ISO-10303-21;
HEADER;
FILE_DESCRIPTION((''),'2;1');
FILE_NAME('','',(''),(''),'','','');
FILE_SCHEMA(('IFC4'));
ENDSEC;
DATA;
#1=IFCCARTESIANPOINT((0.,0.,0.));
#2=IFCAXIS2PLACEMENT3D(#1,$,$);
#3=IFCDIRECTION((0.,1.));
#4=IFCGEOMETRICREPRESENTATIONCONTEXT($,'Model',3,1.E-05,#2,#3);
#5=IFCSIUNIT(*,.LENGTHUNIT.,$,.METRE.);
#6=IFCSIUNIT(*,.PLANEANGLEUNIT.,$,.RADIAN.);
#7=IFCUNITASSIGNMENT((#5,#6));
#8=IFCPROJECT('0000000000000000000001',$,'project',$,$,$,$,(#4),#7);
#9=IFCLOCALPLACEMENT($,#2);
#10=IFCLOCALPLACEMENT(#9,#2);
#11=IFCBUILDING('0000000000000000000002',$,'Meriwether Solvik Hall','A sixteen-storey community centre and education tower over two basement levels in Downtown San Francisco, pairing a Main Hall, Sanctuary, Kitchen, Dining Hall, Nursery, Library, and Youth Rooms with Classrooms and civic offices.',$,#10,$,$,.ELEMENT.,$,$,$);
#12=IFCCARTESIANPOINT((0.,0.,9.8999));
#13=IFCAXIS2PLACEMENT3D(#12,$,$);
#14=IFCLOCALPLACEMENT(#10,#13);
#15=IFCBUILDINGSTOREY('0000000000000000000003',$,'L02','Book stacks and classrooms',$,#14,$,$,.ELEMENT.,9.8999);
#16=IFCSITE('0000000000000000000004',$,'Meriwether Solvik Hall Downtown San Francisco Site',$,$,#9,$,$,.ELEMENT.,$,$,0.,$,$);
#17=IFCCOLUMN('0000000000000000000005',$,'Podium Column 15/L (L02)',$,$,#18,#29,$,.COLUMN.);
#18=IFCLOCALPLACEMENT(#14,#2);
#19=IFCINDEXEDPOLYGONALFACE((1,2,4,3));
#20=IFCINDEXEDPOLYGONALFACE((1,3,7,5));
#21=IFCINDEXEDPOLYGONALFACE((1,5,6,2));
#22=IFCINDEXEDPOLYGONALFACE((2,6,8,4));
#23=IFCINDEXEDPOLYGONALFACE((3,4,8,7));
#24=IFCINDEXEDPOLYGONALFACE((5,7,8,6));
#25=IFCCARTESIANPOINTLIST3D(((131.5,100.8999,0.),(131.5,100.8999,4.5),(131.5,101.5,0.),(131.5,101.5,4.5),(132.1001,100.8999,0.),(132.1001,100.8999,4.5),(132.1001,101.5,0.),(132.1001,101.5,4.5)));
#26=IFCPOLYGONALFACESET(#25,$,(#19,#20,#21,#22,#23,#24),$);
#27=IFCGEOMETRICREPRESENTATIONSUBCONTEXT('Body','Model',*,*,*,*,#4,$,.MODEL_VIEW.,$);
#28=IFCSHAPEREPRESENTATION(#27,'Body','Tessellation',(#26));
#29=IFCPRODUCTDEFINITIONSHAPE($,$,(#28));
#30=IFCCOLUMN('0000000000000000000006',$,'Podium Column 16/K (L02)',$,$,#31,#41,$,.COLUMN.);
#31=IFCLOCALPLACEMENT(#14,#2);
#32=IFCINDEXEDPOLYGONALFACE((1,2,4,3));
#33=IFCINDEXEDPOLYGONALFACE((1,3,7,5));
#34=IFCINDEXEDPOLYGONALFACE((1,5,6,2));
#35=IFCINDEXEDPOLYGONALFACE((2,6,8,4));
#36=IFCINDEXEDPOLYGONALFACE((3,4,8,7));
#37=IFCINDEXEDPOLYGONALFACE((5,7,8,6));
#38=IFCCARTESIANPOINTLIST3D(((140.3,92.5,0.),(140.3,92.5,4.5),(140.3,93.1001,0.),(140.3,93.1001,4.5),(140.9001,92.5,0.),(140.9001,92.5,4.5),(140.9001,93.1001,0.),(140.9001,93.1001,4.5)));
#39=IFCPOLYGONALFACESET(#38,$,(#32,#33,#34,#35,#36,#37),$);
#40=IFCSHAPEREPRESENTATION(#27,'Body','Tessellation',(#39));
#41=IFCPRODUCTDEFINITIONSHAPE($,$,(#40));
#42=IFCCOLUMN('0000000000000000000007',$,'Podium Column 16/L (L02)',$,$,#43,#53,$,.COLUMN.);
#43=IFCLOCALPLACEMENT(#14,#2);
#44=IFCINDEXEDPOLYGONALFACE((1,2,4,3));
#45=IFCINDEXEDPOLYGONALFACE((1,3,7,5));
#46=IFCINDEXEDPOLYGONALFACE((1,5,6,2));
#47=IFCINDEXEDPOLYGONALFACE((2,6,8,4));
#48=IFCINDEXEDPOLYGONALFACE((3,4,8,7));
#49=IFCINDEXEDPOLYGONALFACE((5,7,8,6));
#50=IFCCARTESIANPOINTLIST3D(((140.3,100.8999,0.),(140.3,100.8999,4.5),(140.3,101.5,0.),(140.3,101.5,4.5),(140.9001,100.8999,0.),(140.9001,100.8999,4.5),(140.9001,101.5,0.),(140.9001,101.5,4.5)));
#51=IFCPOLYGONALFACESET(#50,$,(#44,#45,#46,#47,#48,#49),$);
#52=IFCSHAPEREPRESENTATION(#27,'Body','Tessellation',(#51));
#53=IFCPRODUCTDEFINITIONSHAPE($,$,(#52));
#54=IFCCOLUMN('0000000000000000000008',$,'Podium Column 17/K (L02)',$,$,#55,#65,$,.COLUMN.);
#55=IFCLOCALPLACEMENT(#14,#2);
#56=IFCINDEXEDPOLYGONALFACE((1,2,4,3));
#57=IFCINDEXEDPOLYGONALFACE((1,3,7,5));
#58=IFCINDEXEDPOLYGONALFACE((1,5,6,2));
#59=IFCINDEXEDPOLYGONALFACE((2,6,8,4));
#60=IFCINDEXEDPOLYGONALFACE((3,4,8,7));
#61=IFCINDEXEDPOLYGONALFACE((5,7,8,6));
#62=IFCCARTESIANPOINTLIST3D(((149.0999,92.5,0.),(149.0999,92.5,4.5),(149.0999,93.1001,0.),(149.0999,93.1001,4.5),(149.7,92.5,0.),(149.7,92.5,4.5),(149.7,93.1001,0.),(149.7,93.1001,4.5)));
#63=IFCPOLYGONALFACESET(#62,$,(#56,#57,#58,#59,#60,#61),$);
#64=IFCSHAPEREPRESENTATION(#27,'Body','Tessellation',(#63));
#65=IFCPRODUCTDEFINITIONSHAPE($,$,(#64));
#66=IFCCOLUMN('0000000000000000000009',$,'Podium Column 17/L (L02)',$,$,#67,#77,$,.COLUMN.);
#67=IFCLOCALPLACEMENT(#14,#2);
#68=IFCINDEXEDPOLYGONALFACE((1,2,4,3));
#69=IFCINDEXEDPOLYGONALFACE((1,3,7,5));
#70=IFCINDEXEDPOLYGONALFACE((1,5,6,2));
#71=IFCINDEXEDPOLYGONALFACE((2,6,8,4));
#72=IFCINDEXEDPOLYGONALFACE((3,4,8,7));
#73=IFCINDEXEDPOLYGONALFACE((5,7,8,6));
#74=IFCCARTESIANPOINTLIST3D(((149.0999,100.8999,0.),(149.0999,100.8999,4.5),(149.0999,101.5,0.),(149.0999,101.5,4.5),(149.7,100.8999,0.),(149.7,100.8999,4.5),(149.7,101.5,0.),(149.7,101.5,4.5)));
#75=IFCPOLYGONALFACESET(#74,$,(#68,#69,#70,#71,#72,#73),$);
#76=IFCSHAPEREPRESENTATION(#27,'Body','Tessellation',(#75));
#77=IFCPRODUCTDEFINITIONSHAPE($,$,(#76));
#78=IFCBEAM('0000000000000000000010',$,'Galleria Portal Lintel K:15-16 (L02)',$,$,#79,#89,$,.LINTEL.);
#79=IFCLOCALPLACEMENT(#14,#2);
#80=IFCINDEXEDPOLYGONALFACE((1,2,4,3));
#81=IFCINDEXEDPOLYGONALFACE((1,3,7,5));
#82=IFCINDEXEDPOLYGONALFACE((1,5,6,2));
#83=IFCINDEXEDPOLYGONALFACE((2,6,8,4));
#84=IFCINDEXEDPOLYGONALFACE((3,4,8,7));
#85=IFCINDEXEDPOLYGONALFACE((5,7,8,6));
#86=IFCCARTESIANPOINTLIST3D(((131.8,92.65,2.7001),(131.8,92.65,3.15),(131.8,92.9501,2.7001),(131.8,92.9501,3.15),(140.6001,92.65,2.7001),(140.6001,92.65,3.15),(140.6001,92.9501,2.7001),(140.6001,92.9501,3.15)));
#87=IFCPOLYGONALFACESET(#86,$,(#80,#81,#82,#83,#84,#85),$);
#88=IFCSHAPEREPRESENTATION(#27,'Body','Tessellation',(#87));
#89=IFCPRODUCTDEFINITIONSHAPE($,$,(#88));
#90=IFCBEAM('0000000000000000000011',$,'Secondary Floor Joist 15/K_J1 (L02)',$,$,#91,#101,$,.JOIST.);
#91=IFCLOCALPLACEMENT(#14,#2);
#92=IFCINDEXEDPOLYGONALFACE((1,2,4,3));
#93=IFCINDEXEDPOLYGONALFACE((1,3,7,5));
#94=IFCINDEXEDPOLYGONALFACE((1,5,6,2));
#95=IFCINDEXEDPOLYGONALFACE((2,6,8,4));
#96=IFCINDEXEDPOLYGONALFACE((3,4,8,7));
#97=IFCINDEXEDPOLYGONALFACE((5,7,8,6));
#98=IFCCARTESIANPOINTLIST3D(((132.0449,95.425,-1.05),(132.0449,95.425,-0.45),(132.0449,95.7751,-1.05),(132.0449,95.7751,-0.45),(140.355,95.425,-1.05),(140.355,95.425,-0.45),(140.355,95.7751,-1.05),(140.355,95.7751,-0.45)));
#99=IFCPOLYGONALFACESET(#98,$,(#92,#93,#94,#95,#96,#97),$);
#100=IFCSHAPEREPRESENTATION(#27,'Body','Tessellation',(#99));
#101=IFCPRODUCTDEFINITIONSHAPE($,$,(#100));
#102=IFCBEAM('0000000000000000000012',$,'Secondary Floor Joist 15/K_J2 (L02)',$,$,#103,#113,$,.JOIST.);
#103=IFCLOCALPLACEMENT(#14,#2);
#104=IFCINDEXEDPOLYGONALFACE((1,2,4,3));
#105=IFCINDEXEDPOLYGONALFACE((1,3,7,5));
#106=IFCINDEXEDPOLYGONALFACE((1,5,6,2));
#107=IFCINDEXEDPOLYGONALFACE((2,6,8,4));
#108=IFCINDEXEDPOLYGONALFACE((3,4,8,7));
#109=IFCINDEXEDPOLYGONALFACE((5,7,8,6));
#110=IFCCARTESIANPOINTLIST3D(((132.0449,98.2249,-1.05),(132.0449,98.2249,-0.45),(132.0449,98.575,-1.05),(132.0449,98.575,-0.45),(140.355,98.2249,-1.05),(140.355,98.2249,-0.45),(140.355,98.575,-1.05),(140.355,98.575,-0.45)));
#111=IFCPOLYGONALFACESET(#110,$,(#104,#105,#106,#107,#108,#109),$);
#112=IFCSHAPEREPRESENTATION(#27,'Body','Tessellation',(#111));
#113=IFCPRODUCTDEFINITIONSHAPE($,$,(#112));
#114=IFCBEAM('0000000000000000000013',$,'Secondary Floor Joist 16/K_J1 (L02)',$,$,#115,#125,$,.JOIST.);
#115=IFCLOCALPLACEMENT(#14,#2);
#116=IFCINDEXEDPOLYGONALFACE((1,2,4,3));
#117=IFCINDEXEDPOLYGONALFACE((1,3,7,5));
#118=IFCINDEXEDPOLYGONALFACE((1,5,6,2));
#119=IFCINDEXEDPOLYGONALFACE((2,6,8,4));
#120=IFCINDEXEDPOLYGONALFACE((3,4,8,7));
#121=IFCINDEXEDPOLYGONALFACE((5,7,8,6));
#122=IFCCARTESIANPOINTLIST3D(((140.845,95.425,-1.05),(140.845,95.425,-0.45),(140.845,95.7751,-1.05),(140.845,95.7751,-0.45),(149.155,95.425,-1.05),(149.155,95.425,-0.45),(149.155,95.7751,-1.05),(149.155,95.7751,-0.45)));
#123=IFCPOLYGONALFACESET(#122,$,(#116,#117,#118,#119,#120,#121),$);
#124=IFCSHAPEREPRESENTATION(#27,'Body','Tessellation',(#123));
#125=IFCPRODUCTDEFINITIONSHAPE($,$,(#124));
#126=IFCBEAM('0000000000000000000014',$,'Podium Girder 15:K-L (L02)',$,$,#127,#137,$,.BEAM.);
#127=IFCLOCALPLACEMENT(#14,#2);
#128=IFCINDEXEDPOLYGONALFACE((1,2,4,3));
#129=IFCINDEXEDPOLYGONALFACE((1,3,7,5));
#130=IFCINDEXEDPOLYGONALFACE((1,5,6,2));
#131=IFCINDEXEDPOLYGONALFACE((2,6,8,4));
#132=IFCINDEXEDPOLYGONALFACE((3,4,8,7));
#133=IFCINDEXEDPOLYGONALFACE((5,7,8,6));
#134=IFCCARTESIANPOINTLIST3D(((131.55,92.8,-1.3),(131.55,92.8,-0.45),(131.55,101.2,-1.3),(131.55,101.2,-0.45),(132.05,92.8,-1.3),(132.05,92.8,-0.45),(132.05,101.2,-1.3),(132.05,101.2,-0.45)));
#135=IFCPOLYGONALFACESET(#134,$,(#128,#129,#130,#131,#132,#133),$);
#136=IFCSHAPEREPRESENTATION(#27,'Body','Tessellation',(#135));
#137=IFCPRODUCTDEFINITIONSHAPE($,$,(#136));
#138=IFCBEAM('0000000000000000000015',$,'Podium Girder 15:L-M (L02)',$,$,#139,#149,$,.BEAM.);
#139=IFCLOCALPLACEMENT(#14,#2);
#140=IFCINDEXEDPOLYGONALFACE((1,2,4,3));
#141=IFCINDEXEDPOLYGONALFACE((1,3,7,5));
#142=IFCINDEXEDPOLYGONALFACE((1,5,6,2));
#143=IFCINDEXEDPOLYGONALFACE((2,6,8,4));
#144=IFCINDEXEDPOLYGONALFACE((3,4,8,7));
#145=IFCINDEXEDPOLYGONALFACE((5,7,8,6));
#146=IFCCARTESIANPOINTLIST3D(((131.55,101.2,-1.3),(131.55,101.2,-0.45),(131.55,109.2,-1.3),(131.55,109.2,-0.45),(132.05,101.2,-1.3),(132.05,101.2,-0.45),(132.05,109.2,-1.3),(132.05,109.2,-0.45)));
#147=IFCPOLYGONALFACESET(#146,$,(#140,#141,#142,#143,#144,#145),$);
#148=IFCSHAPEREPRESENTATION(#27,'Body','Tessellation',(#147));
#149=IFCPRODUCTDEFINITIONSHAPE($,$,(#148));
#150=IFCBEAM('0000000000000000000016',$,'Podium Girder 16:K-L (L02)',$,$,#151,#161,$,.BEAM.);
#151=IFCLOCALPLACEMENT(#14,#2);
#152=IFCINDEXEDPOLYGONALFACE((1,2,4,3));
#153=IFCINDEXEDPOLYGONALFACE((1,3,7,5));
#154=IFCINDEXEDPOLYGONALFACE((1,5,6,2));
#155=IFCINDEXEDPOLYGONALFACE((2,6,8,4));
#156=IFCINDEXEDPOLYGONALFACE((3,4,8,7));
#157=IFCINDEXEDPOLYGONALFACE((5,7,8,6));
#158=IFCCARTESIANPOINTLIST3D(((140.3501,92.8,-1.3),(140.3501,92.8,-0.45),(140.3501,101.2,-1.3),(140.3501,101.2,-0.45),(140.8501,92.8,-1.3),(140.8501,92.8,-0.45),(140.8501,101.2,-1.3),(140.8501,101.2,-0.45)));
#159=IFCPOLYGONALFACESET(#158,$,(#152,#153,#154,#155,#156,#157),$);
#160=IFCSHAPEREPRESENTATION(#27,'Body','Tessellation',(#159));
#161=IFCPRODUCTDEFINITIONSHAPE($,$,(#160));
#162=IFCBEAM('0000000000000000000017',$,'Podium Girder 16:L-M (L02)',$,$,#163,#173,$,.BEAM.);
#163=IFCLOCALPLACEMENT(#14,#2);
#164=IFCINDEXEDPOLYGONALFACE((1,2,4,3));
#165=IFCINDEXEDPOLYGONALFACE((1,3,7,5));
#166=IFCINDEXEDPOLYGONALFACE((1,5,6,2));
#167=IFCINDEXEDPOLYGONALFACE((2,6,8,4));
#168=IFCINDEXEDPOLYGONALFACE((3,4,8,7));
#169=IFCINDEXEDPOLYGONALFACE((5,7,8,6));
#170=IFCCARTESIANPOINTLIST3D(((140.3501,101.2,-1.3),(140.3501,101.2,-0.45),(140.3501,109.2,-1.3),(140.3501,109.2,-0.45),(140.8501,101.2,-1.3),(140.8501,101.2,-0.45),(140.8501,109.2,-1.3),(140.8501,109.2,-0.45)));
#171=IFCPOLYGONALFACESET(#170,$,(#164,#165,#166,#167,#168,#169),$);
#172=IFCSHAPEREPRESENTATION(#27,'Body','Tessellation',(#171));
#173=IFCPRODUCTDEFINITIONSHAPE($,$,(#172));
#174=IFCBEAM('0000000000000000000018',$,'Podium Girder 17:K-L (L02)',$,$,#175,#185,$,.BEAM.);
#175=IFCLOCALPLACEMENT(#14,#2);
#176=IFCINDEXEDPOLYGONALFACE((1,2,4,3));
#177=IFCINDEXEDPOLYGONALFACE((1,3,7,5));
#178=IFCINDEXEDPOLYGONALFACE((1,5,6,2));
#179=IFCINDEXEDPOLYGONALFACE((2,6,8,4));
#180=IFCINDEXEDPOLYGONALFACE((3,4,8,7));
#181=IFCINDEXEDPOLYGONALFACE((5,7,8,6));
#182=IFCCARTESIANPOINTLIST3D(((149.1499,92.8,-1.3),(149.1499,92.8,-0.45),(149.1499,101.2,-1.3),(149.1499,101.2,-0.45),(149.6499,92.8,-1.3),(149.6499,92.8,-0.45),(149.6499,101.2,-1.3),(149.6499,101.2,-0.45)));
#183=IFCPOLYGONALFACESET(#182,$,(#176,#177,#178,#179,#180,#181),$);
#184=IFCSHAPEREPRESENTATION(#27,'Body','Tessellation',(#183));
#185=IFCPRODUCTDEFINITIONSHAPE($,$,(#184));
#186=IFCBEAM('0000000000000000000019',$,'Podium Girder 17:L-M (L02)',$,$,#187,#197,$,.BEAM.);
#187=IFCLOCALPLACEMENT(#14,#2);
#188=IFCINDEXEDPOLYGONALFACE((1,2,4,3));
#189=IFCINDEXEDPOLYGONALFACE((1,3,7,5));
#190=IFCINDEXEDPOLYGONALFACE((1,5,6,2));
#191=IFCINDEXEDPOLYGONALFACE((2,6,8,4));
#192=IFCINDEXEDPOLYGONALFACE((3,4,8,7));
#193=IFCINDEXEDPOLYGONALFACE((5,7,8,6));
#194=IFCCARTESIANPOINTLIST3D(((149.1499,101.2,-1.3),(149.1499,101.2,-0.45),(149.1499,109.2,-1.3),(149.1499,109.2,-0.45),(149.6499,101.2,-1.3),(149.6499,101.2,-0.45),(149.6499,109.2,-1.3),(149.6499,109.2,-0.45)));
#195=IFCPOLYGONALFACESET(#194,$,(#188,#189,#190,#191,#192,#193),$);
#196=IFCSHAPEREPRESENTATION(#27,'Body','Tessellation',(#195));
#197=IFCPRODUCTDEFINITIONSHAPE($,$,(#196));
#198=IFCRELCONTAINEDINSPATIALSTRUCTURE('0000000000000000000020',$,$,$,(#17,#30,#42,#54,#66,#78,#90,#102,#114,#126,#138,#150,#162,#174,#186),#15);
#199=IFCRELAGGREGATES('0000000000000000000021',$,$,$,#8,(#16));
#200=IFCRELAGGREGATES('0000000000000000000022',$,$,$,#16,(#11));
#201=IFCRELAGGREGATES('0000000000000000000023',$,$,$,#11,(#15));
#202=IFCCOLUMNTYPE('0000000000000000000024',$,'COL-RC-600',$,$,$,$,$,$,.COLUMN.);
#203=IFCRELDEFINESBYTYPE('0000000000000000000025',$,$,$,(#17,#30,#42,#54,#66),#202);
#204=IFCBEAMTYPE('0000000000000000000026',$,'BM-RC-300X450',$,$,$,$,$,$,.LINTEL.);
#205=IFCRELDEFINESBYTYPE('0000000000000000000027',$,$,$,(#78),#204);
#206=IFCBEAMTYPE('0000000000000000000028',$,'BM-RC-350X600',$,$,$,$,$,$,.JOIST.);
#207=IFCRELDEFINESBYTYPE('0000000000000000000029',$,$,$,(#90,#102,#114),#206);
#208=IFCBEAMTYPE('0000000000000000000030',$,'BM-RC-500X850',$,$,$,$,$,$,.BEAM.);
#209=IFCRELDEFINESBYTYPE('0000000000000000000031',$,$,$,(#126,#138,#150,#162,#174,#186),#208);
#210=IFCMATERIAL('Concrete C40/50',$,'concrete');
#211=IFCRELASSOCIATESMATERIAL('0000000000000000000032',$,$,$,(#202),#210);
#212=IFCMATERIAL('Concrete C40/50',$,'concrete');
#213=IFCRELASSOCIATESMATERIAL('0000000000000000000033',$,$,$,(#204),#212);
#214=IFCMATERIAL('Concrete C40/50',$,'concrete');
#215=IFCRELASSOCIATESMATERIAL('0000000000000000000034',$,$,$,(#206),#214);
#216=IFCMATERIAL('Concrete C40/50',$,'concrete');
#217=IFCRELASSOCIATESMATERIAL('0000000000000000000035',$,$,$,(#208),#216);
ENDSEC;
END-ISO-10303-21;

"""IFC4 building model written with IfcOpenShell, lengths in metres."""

from ifc_helpers import new_model, si_unit, direction, frame, origin, origin_2d, place, context, subcontext, project, spatial, rectangle, extrude, material, material_profile, profile_set, type_object, element, save


model = new_model("IFC4")

# Units and contexts
model_context = context("Model", 3, precision=1e-05, world=origin(), true_north=direction((0.0, 1.0)))
body_context = subcontext(model_context, "Body", "Model", "MODEL_VIEW")
ifc_project = project(units=[si_unit("LENGTHUNIT", "METRE"), si_unit("PLANEANGLEUNIT", "RADIAN")], contexts=[model_context])

# Site, building, storey
site_placement = place(None, origin())
site = spatial("IfcSite", under=ifc_project, at=site_placement, Name="Meriwether Solvik Hall Downtown San Francisco Site", CompositionType="ELEMENT", RefElevation=0.0)
building_placement = place(site_placement, origin())
building = spatial("IfcBuilding", under=site, at=building_placement, Name="Meriwether Solvik Hall", Description="A sixteen-storey community centre and education tower over two basement levels in Downtown San Francisco, pairing a Main Hall, Sanctuary, Kitchen, Dining Hall, Nursery, Library, and Youth Rooms with Classrooms and civic offices.", CompositionType="ELEMENT")
storey_placement = place(building_placement, frame((0.0, 0.0, 9.8999)))
storey = spatial("IfcBuildingStorey", under=building, at=storey_placement, Name="L02", Description="Book stacks and classrooms", CompositionType="ELEMENT", Elevation=9.8999)

# Columns
ifc_material_1 = material(Name="Concrete C40/50", Category="concrete")
ifc_material_profile_1 = material_profile(ifc_material_1, rectangle(XDim=0.6001, YDim=0.6001, at=origin_2d()), Name="RCC-600X600")
ifc_profile_set_1 = profile_set([ifc_material_profile_1], Name="Concrete C40/50")
column_type = type_object("IfcColumnType", Name="COL-RC-600", PredefinedType="COLUMN", material=ifc_profile_set_1)
for number, where, z_axis, x_axis, name in (
    (1, (131.8, 101.2, 0.0), (0.0, 0.0, 1.0), (1.0, 0.0, 0.0), "Podium Column 15/L (L02)"),
    (2, (140.6001, 92.8, 0.0), (0.0, 0.0, 1.0), (1.0, 0.0, 0.0), "Podium Column 16/K (L02)"),
    (3, (140.6001, 101.2, 0.0), (0.0, 0.0, 1.0), (1.0, 0.0, 0.0), "Podium Column 16/L (L02)"),
    (4, (149.3999, 92.8, 0.0), (0.0, 0.0, 1.0), (1.0, 0.0, 0.0), "Podium Column 17/K (L02)"),
    (5, (149.3999, 101.2, 0.0), (0.0, 0.0, 1.0), (1.0, 0.0, 0.0), "Podium Column 17/L (L02)"),
):
    element("IfcColumn", number, at=place(storey_placement, frame(where, z_axis=z_axis, x_axis=x_axis)), inside=storey, type_object=column_type, Name=name, PredefinedType="COLUMN", context=body_context, shape_type="SweptSolid", body=[
        extrude(rectangle(XDim=0.6001, YDim=0.6001, at=origin_2d()), origin(), (0.0, 0.0, 1.0), 4.5),
    ])

# Beams
ifc_material_2 = material(Name="Concrete C40/50", Category="concrete")
ifc_material_profile_2 = material_profile(ifc_material_2, rectangle(XDim=0.3, YDim=0.45, at=origin_2d()), Name="RCB-300X450")
ifc_profile_set_2 = profile_set([ifc_material_profile_2], Name="Concrete C40/50")
beam_type_1 = type_object("IfcBeamType", Name="BM-RC-300X450", PredefinedType="LINTEL", material=ifc_profile_set_2)
beam_1_placement = place(storey_placement, frame((131.8, 92.8, 2.925), z_axis=(1.0, 0.0, 0.0), x_axis=(0.0, 1.0, 0.0)))
element("IfcBeam", 6, at=beam_1_placement, inside=storey, type_object=beam_type_1, Name="Galleria Portal Lintel K:15-16 (L02)", PredefinedType="LINTEL", context=body_context, shape_type="SweptSolid", body=[
    extrude(rectangle(XDim=0.3, YDim=0.45, at=origin_2d()), origin(), (0.0, 0.0, 1.0), 8.8),
])
ifc_material_3 = material(Name="Concrete C40/50", Category="concrete")
ifc_material_profile_3 = material_profile(ifc_material_3, rectangle(XDim=0.3501, YDim=0.6001, at=origin_2d()), Name="RCB-350X600")
ifc_profile_set_3 = profile_set([ifc_material_profile_3], Name="Concrete C40/50")
beam_type_2 = type_object("IfcBeamType", Name="BM-RC-350X600", PredefinedType="JOIST", material=ifc_profile_set_3)
for number, where, z_axis, x_axis, name in (
    (7, (132.0449, 95.6001, -0.75), (1.0, 0.0, 0.0), (0.0, 1.0, 0.0), "Secondary Floor Joist 15/K_J1 (L02)"),
    (8, (132.0449, 98.3999, -0.75), (1.0, 0.0, 0.0), (0.0, 1.0, 0.0), "Secondary Floor Joist 15/K_J2 (L02)"),
    (9, (140.845, 95.6001, -0.75), (1.0, 0.0, 0.0), (0.0, 1.0, 0.0), "Secondary Floor Joist 16/K_J1 (L02)"),
):
    element("IfcBeam", number, at=place(storey_placement, frame(where, z_axis=z_axis, x_axis=x_axis)), inside=storey, type_object=beam_type_2, Name=name, PredefinedType="JOIST", context=body_context, shape_type="SweptSolid", body=[
        extrude(rectangle(XDim=0.3501, YDim=0.6001, at=origin_2d()), origin(), (0.0, 0.0, 1.0), 8.3101),
    ])
ifc_material_4 = material(Name="Concrete C40/50", Category="concrete")
ifc_material_profile_4 = material_profile(ifc_material_4, rectangle(XDim=0.5, YDim=0.8501, at=origin_2d()), Name="RCB-500X850")
ifc_profile_set_4 = profile_set([ifc_material_profile_4], Name="Concrete C40/50")
beam_type_3 = type_object("IfcBeamType", Name="BM-RC-500X850", PredefinedType="BEAM", material=ifc_profile_set_4)
beam_2_placement = place(storey_placement, frame((131.8, 92.8, -0.875), z_axis=(0.0, 1.0, 0.0), x_axis=(-1.0, 0.0, 0.0)))
element("IfcBeam", 10, at=beam_2_placement, inside=storey, type_object=beam_type_3, Name="Podium Girder 15:K-L (L02)", PredefinedType="BEAM", context=body_context, shape_type="SweptSolid", body=[
    extrude(rectangle(XDim=0.5, YDim=0.8501, at=origin_2d()), origin(), (0.0, 0.0, 1.0), 8.3999),
])
beam_3_placement = place(storey_placement, frame((131.8, 101.2, -0.875), z_axis=(0.0, 1.0, 0.0), x_axis=(-1.0, 0.0, 0.0)))
element("IfcBeam", 11, at=beam_3_placement, inside=storey, type_object=beam_type_3, Name="Podium Girder 15:L-M (L02)", PredefinedType="BEAM", context=body_context, shape_type="SweptSolid", body=[
    extrude(rectangle(XDim=0.5, YDim=0.8501, at=origin_2d()), origin(), (0.0, 0.0, 1.0), 8.0),
])
beam_4_placement = place(storey_placement, frame((140.6001, 92.8, -0.875), z_axis=(0.0, 1.0, 0.0), x_axis=(-1.0, 0.0, 0.0)))
element("IfcBeam", 12, at=beam_4_placement, inside=storey, type_object=beam_type_3, Name="Podium Girder 16:K-L (L02)", PredefinedType="BEAM", context=body_context, shape_type="SweptSolid", body=[
    extrude(rectangle(XDim=0.5, YDim=0.8501, at=origin_2d()), origin(), (0.0, 0.0, 1.0), 8.3999),
])
beam_5_placement = place(storey_placement, frame((140.6001, 101.2, -0.875), z_axis=(0.0, 1.0, 0.0), x_axis=(-1.0, 0.0, 0.0)))
element("IfcBeam", 13, at=beam_5_placement, inside=storey, type_object=beam_type_3, Name="Podium Girder 16:L-M (L02)", PredefinedType="BEAM", context=body_context, shape_type="SweptSolid", body=[
    extrude(rectangle(XDim=0.5, YDim=0.8501, at=origin_2d()), origin(), (0.0, 0.0, 1.0), 8.0),
])
beam_6_placement = place(storey_placement, frame((149.3999, 92.8, -0.875), z_axis=(0.0, 1.0, 0.0), x_axis=(-1.0, 0.0, 0.0)))
element("IfcBeam", 14, at=beam_6_placement, inside=storey, type_object=beam_type_3, Name="Podium Girder 17:K-L (L02)", PredefinedType="BEAM", context=body_context, shape_type="SweptSolid", body=[
    extrude(rectangle(XDim=0.5, YDim=0.8501, at=origin_2d()), origin(), (0.0, 0.0, 1.0), 8.3999),
])
beam_7_placement = place(storey_placement, frame((149.3999, 101.2, -0.875), z_axis=(0.0, 1.0, 0.0), x_axis=(-1.0, 0.0, 0.0)))
element("IfcBeam", 15, at=beam_7_placement, inside=storey, type_object=beam_type_3, Name="Podium Girder 17:L-M (L02)", PredefinedType="BEAM", context=body_context, shape_type="SweptSolid", body=[
    extrude(rectangle(XDim=0.5, YDim=0.8501, at=origin_2d()), origin(), (0.0, 0.0, 1.0), 8.0),
])

save(model, "model.ifc")
